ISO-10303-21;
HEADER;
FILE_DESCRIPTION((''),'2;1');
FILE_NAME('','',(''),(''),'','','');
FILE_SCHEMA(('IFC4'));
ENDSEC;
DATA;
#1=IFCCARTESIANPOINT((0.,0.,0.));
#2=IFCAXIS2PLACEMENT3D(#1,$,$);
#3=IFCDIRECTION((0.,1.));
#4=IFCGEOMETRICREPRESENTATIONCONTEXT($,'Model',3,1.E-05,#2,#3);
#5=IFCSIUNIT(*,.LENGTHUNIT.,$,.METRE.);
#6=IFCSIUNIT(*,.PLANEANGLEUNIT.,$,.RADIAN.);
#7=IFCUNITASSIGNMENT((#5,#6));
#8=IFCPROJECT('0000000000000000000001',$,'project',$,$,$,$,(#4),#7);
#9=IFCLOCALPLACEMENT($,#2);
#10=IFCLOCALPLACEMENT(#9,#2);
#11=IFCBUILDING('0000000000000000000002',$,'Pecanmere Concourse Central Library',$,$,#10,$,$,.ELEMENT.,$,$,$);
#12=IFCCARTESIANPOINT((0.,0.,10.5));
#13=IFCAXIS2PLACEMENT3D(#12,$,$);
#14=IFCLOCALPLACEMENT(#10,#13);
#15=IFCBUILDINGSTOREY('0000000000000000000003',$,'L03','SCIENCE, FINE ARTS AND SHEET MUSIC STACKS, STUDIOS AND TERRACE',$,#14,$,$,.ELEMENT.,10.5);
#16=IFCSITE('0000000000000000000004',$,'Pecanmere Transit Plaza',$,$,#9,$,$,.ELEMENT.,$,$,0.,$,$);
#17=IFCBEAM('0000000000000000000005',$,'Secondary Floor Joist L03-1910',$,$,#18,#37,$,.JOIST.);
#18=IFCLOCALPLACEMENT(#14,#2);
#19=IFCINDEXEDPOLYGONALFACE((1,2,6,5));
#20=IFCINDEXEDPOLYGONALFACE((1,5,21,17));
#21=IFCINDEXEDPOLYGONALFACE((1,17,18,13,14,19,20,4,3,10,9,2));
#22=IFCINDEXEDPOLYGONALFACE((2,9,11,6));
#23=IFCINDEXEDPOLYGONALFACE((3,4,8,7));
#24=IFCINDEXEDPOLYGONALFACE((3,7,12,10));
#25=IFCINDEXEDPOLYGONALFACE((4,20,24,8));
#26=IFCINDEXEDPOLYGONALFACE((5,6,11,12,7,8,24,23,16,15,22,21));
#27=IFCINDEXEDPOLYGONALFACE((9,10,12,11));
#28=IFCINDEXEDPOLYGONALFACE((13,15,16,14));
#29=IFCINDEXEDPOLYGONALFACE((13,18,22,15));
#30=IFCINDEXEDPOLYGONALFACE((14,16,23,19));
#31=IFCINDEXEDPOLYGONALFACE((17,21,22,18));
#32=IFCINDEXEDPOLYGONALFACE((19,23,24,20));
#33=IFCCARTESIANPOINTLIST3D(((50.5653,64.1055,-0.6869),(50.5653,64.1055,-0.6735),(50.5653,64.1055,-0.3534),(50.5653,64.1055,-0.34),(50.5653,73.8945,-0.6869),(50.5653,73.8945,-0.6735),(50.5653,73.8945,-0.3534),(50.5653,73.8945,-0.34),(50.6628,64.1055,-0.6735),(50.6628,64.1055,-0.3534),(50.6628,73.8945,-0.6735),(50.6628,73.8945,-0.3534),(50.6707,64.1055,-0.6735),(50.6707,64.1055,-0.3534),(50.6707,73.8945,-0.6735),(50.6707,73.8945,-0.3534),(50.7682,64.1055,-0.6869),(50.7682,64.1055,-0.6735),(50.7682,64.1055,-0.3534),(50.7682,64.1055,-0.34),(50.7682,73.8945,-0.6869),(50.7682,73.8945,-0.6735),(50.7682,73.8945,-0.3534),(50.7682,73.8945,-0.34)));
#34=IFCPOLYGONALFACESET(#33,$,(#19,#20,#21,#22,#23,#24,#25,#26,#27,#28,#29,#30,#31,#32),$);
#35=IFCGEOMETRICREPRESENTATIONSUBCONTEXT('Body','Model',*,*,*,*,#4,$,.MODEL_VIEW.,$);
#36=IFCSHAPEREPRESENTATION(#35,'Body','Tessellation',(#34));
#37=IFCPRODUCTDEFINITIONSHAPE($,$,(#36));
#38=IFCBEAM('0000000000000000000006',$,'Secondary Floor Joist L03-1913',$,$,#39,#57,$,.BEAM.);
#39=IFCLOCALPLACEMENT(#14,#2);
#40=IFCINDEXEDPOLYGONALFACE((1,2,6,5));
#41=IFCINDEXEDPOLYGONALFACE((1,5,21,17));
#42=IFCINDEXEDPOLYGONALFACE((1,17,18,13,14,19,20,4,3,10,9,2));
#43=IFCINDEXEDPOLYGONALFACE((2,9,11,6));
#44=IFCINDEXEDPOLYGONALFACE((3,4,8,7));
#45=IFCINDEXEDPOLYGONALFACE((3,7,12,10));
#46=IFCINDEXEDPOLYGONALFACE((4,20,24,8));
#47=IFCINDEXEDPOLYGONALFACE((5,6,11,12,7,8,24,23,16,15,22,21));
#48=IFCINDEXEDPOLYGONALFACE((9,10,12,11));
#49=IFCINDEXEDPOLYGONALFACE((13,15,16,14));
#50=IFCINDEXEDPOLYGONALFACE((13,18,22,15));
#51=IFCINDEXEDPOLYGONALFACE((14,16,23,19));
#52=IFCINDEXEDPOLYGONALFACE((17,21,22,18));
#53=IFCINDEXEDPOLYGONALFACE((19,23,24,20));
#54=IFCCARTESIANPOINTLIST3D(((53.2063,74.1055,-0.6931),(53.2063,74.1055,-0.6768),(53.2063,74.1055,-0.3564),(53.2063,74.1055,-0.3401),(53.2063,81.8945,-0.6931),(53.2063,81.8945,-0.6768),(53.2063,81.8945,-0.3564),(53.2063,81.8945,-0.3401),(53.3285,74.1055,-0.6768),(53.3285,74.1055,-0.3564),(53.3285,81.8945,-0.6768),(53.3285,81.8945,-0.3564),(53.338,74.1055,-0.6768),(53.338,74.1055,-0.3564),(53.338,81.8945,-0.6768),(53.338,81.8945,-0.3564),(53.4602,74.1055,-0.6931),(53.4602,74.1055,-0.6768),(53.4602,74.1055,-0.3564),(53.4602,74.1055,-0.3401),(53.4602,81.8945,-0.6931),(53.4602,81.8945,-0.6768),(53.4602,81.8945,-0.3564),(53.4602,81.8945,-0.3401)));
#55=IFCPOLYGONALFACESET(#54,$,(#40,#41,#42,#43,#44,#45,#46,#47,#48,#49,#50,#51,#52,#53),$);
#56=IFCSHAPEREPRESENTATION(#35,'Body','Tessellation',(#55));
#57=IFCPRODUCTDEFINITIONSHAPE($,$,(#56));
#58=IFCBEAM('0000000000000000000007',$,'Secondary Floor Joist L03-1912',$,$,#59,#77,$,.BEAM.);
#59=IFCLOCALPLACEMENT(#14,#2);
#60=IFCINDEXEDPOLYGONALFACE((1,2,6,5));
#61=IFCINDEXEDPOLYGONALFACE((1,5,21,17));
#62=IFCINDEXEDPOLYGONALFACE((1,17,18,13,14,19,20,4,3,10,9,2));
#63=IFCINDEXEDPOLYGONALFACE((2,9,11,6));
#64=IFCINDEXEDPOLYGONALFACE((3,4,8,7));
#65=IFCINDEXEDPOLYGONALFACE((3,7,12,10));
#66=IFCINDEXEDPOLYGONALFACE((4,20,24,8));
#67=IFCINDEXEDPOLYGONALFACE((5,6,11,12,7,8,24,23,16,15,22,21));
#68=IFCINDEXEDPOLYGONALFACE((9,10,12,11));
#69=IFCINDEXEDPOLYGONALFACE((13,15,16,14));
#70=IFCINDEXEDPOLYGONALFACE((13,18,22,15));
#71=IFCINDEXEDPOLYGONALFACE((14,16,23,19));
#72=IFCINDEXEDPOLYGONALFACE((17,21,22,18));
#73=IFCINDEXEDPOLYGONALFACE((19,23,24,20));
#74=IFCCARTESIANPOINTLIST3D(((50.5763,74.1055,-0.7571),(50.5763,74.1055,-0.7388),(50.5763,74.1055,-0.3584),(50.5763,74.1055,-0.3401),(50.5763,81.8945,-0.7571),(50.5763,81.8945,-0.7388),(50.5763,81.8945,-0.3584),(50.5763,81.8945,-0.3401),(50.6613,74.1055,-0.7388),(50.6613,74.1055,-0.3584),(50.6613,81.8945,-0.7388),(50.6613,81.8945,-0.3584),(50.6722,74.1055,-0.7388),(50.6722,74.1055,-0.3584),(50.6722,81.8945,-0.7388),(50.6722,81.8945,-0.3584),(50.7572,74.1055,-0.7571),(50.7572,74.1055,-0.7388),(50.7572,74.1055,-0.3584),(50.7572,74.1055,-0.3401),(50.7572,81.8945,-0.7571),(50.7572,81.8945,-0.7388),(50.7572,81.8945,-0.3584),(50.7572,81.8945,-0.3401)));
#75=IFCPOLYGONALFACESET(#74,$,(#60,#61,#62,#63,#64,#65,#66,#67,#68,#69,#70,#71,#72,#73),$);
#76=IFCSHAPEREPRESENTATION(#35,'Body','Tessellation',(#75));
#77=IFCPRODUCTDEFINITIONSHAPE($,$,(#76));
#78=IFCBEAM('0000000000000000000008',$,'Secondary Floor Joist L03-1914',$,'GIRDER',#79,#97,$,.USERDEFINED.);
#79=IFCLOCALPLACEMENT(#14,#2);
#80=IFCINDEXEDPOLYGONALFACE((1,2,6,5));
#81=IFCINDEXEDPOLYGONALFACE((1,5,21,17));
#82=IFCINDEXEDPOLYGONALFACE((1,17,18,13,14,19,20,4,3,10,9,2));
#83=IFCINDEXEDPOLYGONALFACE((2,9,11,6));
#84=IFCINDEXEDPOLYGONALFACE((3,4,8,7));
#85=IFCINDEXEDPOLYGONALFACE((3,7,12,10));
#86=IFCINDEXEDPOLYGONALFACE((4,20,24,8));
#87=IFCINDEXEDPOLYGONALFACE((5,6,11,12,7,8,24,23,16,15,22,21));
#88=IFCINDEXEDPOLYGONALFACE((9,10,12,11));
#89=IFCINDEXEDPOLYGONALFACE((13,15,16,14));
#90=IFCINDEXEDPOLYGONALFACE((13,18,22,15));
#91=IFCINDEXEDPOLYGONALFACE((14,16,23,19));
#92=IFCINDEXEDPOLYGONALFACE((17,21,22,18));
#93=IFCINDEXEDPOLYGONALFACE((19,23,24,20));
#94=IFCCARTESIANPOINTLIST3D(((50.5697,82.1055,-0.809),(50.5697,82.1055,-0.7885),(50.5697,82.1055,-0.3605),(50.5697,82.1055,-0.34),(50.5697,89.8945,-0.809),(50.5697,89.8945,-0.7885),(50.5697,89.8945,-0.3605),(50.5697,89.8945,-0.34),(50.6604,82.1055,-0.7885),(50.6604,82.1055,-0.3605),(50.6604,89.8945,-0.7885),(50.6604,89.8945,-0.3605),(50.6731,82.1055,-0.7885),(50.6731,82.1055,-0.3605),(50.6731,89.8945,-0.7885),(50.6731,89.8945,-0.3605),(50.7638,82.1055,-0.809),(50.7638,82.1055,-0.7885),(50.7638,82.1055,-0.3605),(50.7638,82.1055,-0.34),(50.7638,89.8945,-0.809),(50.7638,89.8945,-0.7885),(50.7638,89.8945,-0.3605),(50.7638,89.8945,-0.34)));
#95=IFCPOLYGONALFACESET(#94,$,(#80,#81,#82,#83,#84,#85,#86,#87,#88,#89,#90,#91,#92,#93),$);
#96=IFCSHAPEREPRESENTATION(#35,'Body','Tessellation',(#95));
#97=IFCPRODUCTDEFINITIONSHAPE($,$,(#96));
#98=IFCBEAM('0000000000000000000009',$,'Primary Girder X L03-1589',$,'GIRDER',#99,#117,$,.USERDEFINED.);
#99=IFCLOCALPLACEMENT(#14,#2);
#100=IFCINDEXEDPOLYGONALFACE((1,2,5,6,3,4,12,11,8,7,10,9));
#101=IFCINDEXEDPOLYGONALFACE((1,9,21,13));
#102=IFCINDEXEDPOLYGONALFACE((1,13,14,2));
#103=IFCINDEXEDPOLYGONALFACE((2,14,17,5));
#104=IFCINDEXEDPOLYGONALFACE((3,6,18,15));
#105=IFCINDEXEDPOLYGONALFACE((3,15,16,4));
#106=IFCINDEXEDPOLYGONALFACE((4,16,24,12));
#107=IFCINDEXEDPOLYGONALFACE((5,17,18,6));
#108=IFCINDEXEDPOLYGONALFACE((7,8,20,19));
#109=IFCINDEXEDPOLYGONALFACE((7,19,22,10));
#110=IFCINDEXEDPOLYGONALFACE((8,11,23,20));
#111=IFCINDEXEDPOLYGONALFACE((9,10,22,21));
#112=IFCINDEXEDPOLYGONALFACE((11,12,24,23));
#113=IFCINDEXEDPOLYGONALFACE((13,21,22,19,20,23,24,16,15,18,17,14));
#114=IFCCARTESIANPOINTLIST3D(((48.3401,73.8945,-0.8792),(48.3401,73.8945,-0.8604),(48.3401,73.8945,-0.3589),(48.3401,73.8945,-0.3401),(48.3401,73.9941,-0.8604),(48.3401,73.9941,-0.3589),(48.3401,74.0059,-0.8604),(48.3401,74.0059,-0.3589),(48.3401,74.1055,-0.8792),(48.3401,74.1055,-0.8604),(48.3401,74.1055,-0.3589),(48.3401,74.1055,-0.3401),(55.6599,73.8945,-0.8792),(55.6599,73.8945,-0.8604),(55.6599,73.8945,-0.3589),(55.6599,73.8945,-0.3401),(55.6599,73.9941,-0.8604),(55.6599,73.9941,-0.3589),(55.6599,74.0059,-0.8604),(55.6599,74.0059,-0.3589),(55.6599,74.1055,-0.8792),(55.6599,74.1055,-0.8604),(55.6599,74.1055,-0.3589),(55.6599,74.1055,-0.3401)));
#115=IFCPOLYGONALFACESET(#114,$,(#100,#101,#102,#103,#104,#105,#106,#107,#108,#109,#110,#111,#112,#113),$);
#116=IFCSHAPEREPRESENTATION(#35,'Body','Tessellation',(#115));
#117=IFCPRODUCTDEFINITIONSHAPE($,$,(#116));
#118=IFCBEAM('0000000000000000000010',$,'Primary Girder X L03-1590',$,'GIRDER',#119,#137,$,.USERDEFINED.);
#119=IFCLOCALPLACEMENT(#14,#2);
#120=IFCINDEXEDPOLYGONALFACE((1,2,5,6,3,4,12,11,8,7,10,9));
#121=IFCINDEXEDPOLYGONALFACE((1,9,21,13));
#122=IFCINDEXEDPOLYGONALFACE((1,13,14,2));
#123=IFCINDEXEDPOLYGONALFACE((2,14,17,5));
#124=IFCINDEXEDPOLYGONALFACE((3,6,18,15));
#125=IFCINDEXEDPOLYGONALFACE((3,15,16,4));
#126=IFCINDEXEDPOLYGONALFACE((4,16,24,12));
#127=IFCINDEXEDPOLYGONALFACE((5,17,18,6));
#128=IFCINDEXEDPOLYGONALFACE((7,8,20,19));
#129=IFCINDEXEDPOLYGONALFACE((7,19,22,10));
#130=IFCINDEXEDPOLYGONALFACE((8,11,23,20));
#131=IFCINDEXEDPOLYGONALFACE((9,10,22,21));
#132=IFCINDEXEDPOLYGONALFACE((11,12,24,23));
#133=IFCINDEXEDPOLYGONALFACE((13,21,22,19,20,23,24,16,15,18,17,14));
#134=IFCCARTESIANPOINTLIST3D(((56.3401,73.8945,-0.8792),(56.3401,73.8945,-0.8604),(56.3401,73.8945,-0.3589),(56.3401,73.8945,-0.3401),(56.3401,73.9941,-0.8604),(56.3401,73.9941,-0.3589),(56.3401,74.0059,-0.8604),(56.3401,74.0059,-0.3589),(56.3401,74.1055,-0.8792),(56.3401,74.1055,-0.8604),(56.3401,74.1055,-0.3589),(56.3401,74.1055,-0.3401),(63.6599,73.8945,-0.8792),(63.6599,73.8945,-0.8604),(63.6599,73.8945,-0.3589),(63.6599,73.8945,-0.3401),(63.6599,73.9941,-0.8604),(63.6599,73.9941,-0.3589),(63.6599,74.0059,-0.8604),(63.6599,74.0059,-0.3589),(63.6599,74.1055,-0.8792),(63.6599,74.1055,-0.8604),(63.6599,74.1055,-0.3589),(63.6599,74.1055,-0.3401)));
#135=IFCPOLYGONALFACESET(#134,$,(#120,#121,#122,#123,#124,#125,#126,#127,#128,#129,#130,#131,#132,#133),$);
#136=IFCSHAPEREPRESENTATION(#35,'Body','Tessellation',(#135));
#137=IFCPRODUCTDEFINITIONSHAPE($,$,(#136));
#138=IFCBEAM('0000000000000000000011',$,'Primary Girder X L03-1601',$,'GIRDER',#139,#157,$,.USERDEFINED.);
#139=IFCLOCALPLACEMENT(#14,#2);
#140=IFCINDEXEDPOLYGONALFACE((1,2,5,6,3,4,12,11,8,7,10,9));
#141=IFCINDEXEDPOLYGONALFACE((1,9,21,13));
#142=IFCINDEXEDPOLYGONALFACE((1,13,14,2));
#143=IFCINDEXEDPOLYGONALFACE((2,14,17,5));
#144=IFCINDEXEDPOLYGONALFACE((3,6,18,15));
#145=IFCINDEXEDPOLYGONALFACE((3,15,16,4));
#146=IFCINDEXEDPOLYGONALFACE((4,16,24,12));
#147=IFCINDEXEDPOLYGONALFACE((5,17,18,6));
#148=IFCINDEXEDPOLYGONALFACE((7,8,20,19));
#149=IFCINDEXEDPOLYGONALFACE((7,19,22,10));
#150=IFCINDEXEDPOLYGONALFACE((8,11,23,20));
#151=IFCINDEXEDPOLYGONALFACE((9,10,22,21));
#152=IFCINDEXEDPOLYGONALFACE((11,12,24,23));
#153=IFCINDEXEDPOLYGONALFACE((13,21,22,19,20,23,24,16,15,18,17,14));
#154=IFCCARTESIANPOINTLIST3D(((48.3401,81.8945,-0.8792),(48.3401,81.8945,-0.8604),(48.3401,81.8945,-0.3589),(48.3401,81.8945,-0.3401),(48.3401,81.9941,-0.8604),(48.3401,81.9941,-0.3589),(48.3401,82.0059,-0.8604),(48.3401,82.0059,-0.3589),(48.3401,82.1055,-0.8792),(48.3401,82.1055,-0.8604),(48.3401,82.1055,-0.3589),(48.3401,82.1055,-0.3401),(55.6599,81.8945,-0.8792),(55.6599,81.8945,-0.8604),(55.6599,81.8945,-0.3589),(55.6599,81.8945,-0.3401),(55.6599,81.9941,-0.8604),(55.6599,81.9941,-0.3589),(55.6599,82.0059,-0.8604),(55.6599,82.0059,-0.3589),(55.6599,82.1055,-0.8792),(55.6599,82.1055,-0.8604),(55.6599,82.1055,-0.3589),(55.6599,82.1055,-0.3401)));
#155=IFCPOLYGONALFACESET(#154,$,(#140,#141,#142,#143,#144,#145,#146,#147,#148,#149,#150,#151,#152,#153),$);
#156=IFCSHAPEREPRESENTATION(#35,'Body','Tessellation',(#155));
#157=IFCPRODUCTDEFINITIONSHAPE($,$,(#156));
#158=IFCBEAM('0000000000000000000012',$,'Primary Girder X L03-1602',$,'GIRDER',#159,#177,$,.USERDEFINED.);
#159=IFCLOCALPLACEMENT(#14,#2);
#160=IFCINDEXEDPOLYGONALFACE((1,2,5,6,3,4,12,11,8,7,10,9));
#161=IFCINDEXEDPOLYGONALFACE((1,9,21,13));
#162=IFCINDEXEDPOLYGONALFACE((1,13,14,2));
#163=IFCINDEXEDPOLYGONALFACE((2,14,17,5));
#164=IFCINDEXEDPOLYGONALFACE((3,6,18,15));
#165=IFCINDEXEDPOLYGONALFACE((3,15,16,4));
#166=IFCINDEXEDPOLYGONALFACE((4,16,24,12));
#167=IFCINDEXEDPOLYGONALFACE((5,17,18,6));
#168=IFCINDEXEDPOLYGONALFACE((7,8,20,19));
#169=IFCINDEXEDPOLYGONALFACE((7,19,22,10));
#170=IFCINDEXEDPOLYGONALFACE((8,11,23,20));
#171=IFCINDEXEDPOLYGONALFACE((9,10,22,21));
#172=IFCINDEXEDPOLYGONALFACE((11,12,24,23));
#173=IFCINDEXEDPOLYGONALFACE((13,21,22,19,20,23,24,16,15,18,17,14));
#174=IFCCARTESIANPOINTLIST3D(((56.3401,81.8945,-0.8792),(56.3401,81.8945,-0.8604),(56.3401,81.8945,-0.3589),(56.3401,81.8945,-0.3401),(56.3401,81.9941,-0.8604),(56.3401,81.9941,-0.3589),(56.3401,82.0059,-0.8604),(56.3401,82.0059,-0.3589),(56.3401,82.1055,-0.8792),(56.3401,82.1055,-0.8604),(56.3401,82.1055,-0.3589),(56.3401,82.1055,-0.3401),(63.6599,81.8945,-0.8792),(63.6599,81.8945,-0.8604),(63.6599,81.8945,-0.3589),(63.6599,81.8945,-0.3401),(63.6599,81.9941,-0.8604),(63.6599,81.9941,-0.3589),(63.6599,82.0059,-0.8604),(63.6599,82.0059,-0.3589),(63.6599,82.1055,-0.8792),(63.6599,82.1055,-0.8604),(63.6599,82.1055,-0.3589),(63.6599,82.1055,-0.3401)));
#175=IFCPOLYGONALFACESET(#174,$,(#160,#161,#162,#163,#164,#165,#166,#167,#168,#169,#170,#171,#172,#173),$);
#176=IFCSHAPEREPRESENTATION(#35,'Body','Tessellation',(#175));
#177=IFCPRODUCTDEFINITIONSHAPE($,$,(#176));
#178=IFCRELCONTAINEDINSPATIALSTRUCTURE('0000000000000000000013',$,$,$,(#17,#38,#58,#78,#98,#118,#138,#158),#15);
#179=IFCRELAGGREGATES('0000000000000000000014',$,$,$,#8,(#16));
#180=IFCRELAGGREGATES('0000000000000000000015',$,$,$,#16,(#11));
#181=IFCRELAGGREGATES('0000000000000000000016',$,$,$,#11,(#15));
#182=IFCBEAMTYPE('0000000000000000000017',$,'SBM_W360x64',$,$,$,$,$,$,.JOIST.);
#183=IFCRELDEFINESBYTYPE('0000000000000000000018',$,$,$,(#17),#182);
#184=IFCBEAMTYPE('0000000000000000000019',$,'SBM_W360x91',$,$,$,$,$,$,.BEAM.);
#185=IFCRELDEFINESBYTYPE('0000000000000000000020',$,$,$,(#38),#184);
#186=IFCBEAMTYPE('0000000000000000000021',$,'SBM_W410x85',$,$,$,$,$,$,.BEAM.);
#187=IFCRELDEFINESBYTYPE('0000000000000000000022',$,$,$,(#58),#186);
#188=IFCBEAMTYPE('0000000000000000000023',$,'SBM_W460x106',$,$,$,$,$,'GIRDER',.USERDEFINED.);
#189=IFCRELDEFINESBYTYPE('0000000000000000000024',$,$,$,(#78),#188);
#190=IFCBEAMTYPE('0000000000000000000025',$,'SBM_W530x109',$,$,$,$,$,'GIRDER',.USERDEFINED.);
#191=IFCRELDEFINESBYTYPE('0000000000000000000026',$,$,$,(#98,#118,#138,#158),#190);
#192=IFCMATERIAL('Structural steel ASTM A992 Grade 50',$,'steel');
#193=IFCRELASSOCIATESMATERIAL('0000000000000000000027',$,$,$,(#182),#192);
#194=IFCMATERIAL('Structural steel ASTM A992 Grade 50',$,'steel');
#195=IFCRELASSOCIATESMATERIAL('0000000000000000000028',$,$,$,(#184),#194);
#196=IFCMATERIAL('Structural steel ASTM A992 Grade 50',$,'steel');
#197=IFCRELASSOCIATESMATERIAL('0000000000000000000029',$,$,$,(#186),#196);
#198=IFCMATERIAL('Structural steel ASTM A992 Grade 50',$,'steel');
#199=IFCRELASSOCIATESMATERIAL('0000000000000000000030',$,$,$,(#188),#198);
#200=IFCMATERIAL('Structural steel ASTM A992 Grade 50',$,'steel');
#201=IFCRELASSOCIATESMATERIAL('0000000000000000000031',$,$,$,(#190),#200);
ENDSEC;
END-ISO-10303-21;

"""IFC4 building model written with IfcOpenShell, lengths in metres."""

from ifc_helpers import new_model, si_unit, direction, frame, origin, origin_2d, place, context, subcontext, project, spatial, i_section, extrude, material, material_profile, profile_set, type_object, element, save


model = new_model("IFC4")

# Units and contexts
model_context = context("Model", 3, precision=1e-05, world=origin(), true_north=direction((0.0, 1.0)))
body_context = subcontext(model_context, "Body", "Model", "MODEL_VIEW")
ifc_project = project(units=[si_unit("LENGTHUNIT", "METRE"), si_unit("PLANEANGLEUNIT", "RADIAN")], contexts=[model_context])

# Site, building, storey
site_placement = place(None, origin())
site = spatial("IfcSite", under=ifc_project, at=site_placement, Name="Pecanmere Transit Plaza", CompositionType="ELEMENT", RefElevation=0.0)
building_placement = place(site_placement, origin())
building = spatial("IfcBuilding", under=site, at=building_placement, Name="Pecanmere Concourse Central Library", CompositionType="ELEMENT")
storey_placement = place(building_placement, frame((0.0, 0.0, 10.5)))
storey = spatial("IfcBuildingStorey", under=building, at=storey_placement, Name="L03", Description="SCIENCE, FINE ARTS AND SHEET MUSIC STACKS, STUDIOS AND TERRACE", CompositionType="ELEMENT", Elevation=10.5)

# Beams
ifc_material_1 = material(Name="Structural steel ASTM A992 Grade 50", Category="steel")
ifc_material_profile_1 = material_profile(ifc_material_1, i_section(OverallWidth=0.2029, OverallDepth=0.3469, WebThickness=0.0078, FlangeThickness=0.0134, at=origin_2d()), Name="W360x64")
ifc_profile_set_1 = profile_set([ifc_material_profile_1], Name="Structural steel ASTM A992 Grade 50")
beam_type_1 = type_object("IfcBeamType", Name="SBM_W360x64", PredefinedType="JOIST", material=ifc_profile_set_1)
beam_1_placement = place(storey_placement, frame((50.6667, 64.1055, -0.5134), z_axis=(0.0, 1.0, 0.0), x_axis=(-1.0, 0.0, 0.0)))
element("IfcBeam", 1, at=beam_1_placement, inside=storey, type_object=beam_type_1, Name="Secondary Floor Joist L03-1910", PredefinedType="JOIST", context=body_context, shape_type="SweptSolid", body=[
    extrude(i_section(OverallWidth=0.2029, OverallDepth=0.3469, WebThickness=0.0078, FlangeThickness=0.0134, at=origin_2d()), origin(), (0.0, 0.0, 1.0), 9.7891),
])
ifc_material_2 = material(Name="Structural steel ASTM A992 Grade 50", Category="steel")
ifc_material_profile_2 = material_profile(ifc_material_2, i_section(OverallWidth=0.2539, OverallDepth=0.353, WebThickness=0.0095, FlangeThickness=0.0164, at=origin_2d()), Name="W360x91")
ifc_profile_set_2 = profile_set([ifc_material_profile_2], Name="Structural steel ASTM A992 Grade 50")
beam_type_2 = type_object("IfcBeamType", Name="SBM_W360x91", PredefinedType="BEAM", material=ifc_profile_set_2)
beam_2_placement = place(storey_placement, frame((53.3333, 74.1055, -0.5166), z_axis=(0.0, 1.0, 0.0), x_axis=(-1.0, 0.0, 0.0)))
element("IfcBeam", 2, at=beam_2_placement, inside=storey, type_object=beam_type_2, Name="Secondary Floor Joist L03-1913", PredefinedType="BEAM", context=body_context, shape_type="SweptSolid", body=[
    extrude(i_section(OverallWidth=0.2539, OverallDepth=0.353, WebThickness=0.0095, FlangeThickness=0.0164, at=origin_2d()), origin(), (0.0, 0.0, 1.0), 7.7891),
])
ifc_material_3 = material(Name="Structural steel ASTM A992 Grade 50", Category="steel")
ifc_material_profile_3 = material_profile(ifc_material_3, i_section(OverallWidth=0.1809, OverallDepth=0.417, WebThickness=0.011, FlangeThickness=0.0183, at=origin_2d()), Name="W410x85")
ifc_profile_set_3 = profile_set([ifc_material_profile_3], Name="Structural steel ASTM A992 Grade 50")
beam_type_3 = type_object("IfcBeamType", Name="SBM_W410x85", PredefinedType="BEAM", material=ifc_profile_set_3)
beam_3_placement = place(storey_placement, frame((50.6667, 74.1055, -0.5486), z_axis=(0.0, 1.0, 0.0), x_axis=(-1.0, 0.0, 0.0)))
element("IfcBeam", 3, at=beam_3_placement, inside=storey, type_object=beam_type_3, Name="Secondary Floor Joist L03-1912", PredefinedType="BEAM", context=body_context, shape_type="SweptSolid", body=[
    extrude(i_section(OverallWidth=0.1809, OverallDepth=0.417, WebThickness=0.011, FlangeThickness=0.0183, at=origin_2d()), origin(), (0.0, 0.0, 1.0), 7.7891),
])
ifc_material_4 = material(Name="Structural steel ASTM A992 Grade 50", Category="steel")
ifc_material_profile_4 = material_profile(ifc_material_4, i_section(OverallWidth=0.1941, OverallDepth=0.469, WebThickness=0.0127, FlangeThickness=0.0205, at=origin_2d()), Name="W460x106")
ifc_profile_set_4 = profile_set([ifc_material_profile_4], Name="Structural steel ASTM A992 Grade 50")
beam_type_4 = type_object("IfcBeamType", Name="SBM_W460x106", ElementType="GIRDER", PredefinedType="USERDEFINED", material=ifc_profile_set_4)
beam_4_placement = place(storey_placement, frame((50.6667, 82.1055, -0.5745), z_axis=(0.0, 1.0, 0.0), x_axis=(-1.0, 0.0, 0.0)))
element("IfcBeam", 4, at=beam_4_placement, inside=storey, type_object=beam_type_4, Name="Secondary Floor Joist L03-1914", ObjectType="GIRDER", PredefinedType="USERDEFINED", context=body_context, shape_type="SweptSolid", body=[
    extrude(i_section(OverallWidth=0.1941, OverallDepth=0.469, WebThickness=0.0127, FlangeThickness=0.0205, at=origin_2d()), origin(), (0.0, 0.0, 1.0), 7.7891),
])
ifc_material_5 = material(Name="Structural steel ASTM A992 Grade 50", Category="steel")
ifc_material_profile_5 = material_profile(ifc_material_5, i_section(OverallWidth=0.2109, OverallDepth=0.5391, WebThickness=0.0117, FlangeThickness=0.0188, at=origin_2d()), Name="W530x109")
ifc_profile_set_5 = profile_set([ifc_material_profile_5], Name="Structural steel ASTM A992 Grade 50")
beam_type_5 = type_object("IfcBeamType", Name="SBM_W530x109", ElementType="GIRDER", PredefinedType="USERDEFINED", material=ifc_profile_set_5)
for number, where, z_axis, x_axis, name in (
    (5, (48.3401, 74.0, -0.6096), (1.0, 0.0, 0.0), (0.0, 1.0, 0.0), "Primary Girder X L03-1589"),
    (6, (56.3401, 74.0, -0.6096), (1.0, 0.0, 0.0), (0.0, 1.0, 0.0), "Primary Girder X L03-1590"),
    (7, (48.3401, 82.0, -0.6096), (1.0, 0.0, 0.0), (0.0, 1.0, 0.0), "Primary Girder X L03-1601"),
    (8, (56.3401, 82.0, -0.6096), (1.0, 0.0, 0.0), (0.0, 1.0, 0.0), "Primary Girder X L03-1602"),
):
    element("IfcBeam", number, at=place(storey_placement, frame(where, z_axis=z_axis, x_axis=x_axis)), inside=storey, type_object=beam_type_5, Name=name, ObjectType="GIRDER", PredefinedType="USERDEFINED", context=body_context, shape_type="SweptSolid", body=[
        extrude(i_section(OverallWidth=0.2109, OverallDepth=0.5391, WebThickness=0.0117, FlangeThickness=0.0188, at=origin_2d()), origin(), (0.0, 0.0, 1.0), 7.3198),
    ])

save(model, "model.ifc")
